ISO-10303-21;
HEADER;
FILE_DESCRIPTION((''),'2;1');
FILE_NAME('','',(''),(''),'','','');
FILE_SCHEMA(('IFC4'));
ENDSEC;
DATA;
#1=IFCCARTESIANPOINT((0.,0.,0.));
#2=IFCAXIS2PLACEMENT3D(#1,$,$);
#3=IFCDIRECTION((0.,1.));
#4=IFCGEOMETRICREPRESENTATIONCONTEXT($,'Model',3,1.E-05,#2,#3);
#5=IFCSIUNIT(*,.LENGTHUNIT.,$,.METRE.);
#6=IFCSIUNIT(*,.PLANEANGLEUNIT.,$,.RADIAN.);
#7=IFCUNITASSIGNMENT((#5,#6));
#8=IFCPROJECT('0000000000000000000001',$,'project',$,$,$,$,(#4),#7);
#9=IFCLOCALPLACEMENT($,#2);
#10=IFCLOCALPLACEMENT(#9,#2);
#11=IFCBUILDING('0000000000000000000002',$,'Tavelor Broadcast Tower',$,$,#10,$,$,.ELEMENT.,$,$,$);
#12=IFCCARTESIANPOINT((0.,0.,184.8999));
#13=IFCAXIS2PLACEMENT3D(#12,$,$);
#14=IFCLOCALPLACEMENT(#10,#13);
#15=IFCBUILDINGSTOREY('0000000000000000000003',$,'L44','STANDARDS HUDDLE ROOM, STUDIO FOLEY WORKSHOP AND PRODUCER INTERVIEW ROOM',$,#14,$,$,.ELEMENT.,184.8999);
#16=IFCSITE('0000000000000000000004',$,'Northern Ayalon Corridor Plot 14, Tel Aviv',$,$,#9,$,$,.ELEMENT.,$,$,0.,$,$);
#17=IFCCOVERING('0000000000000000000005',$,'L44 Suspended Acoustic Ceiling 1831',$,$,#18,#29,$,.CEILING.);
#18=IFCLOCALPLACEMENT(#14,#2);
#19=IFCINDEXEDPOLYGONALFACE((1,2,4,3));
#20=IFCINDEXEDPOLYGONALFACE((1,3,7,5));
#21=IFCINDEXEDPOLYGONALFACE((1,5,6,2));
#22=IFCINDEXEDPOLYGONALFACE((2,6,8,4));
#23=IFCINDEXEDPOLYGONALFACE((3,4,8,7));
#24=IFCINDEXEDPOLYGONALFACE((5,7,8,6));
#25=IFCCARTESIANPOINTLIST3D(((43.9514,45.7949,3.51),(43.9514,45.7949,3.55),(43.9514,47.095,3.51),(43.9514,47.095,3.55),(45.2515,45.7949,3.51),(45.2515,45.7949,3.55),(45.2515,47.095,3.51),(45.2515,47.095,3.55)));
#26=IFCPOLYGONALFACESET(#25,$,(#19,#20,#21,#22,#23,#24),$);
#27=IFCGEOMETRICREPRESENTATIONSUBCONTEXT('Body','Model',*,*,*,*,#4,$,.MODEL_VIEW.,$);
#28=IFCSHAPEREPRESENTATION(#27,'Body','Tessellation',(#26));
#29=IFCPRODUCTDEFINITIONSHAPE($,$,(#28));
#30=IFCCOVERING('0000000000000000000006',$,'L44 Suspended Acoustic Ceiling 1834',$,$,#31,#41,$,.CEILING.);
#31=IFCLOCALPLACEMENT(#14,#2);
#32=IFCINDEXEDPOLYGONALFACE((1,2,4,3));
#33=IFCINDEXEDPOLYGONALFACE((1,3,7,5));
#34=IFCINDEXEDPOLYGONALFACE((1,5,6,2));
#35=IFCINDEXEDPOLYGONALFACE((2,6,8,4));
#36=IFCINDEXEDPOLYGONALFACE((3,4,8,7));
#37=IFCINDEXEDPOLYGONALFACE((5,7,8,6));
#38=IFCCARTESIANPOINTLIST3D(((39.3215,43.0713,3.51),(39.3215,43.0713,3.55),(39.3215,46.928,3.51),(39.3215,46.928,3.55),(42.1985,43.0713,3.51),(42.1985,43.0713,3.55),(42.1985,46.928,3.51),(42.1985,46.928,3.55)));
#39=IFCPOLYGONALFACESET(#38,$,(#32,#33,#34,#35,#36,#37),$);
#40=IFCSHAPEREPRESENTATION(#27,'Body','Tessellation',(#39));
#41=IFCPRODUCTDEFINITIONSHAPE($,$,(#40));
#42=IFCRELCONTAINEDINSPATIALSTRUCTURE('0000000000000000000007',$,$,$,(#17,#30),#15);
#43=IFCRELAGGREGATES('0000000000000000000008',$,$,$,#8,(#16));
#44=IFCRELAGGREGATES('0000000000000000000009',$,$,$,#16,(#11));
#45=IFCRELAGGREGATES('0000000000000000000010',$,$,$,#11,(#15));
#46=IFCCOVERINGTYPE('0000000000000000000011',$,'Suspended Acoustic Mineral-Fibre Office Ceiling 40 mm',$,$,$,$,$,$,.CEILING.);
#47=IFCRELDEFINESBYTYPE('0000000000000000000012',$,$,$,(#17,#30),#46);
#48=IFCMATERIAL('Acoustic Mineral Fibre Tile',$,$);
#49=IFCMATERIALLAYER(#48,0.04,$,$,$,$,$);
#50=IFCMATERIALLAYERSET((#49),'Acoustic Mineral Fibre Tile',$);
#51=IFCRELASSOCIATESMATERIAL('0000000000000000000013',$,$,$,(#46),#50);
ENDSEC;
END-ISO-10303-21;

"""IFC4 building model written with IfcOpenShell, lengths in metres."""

from ifc_helpers import new_model, si_unit, direction, frame, origin, place, context, subcontext, project, spatial, polyline, outline, extrude, material, layer, layer_set, type_object, element, save


model = new_model("IFC4")

# Units and contexts
model_context = context("Model", 3, precision=1e-05, world=origin(), true_north=direction((0.0, 1.0)))
body_context = subcontext(model_context, "Body", "Model", "MODEL_VIEW")
ifc_project = project(units=[si_unit("LENGTHUNIT", "METRE"), si_unit("PLANEANGLEUNIT", "RADIAN")], contexts=[model_context])

# Site, building, storey
site_placement = place(None, origin())
site = spatial("IfcSite", under=ifc_project, at=site_placement, Name="Northern Ayalon Corridor Plot 14, Tel Aviv", CompositionType="ELEMENT", RefElevation=0.0)
building_placement = place(site_placement, origin())
building = spatial("IfcBuilding", under=site, at=building_placement, Name="Tavelor Broadcast Tower", CompositionType="ELEMENT")
storey_placement = place(building_placement, frame((0.0, 0.0, 184.8999)))
storey = spatial("IfcBuildingStorey", under=building, at=storey_placement, Name="L44", Description="STANDARDS HUDDLE ROOM, STUDIO FOLEY WORKSHOP AND PRODUCER INTERVIEW ROOM", CompositionType="ELEMENT", Elevation=184.8999)

# Coverings
ifc_material_1 = material(Name="Acoustic Mineral Fibre Tile")
ifc_layer_1 = layer(ifc_material_1, 0.04)
ifc_layer_set_1 = layer_set([ifc_layer_1], Name="Acoustic Mineral Fibre Tile")
covering_type_1 = type_object("IfcCoveringType", Name="Suspended Acoustic Mineral-Fibre Office Ceiling 40 mm", PredefinedType="CEILING", material=ifc_layer_set_1)
covering_1_placement = place(storey_placement, frame((0.0, 0.0, 3.51)))
element("IfcCovering", 1, at=covering_1_placement, inside=storey, type_object=covering_type_1, Name="L44 Suspended Acoustic Ceiling 1831", PredefinedType="CEILING", context=body_context, shape_type="SweptSolid", body=[
    extrude(outline(polyline([(43.9514, 45.7949), (45.2515, 45.7949), (45.2515, 47.095), (43.9514, 47.095), (43.9514, 45.7949)])), origin(), (0.0, 0.0, 1.0), 0.04),
])
covering_2_placement = place(storey_placement, frame((0.0, 0.0, 3.51)))
element("IfcCovering", 2, at=covering_2_placement, inside=storey, type_object=covering_type_1, Name="L44 Suspended Acoustic Ceiling 1834", PredefinedType="CEILING", context=body_context, shape_type="SweptSolid", body=[
    extrude(outline(polyline([(39.3215, 43.0713), (42.1985, 43.0713), (42.1985, 46.928), (39.3215, 46.928), (39.3215, 43.0713)])), origin(), (0.0, 0.0, 1.0), 0.04),
])

save(model, "model.ifc")
